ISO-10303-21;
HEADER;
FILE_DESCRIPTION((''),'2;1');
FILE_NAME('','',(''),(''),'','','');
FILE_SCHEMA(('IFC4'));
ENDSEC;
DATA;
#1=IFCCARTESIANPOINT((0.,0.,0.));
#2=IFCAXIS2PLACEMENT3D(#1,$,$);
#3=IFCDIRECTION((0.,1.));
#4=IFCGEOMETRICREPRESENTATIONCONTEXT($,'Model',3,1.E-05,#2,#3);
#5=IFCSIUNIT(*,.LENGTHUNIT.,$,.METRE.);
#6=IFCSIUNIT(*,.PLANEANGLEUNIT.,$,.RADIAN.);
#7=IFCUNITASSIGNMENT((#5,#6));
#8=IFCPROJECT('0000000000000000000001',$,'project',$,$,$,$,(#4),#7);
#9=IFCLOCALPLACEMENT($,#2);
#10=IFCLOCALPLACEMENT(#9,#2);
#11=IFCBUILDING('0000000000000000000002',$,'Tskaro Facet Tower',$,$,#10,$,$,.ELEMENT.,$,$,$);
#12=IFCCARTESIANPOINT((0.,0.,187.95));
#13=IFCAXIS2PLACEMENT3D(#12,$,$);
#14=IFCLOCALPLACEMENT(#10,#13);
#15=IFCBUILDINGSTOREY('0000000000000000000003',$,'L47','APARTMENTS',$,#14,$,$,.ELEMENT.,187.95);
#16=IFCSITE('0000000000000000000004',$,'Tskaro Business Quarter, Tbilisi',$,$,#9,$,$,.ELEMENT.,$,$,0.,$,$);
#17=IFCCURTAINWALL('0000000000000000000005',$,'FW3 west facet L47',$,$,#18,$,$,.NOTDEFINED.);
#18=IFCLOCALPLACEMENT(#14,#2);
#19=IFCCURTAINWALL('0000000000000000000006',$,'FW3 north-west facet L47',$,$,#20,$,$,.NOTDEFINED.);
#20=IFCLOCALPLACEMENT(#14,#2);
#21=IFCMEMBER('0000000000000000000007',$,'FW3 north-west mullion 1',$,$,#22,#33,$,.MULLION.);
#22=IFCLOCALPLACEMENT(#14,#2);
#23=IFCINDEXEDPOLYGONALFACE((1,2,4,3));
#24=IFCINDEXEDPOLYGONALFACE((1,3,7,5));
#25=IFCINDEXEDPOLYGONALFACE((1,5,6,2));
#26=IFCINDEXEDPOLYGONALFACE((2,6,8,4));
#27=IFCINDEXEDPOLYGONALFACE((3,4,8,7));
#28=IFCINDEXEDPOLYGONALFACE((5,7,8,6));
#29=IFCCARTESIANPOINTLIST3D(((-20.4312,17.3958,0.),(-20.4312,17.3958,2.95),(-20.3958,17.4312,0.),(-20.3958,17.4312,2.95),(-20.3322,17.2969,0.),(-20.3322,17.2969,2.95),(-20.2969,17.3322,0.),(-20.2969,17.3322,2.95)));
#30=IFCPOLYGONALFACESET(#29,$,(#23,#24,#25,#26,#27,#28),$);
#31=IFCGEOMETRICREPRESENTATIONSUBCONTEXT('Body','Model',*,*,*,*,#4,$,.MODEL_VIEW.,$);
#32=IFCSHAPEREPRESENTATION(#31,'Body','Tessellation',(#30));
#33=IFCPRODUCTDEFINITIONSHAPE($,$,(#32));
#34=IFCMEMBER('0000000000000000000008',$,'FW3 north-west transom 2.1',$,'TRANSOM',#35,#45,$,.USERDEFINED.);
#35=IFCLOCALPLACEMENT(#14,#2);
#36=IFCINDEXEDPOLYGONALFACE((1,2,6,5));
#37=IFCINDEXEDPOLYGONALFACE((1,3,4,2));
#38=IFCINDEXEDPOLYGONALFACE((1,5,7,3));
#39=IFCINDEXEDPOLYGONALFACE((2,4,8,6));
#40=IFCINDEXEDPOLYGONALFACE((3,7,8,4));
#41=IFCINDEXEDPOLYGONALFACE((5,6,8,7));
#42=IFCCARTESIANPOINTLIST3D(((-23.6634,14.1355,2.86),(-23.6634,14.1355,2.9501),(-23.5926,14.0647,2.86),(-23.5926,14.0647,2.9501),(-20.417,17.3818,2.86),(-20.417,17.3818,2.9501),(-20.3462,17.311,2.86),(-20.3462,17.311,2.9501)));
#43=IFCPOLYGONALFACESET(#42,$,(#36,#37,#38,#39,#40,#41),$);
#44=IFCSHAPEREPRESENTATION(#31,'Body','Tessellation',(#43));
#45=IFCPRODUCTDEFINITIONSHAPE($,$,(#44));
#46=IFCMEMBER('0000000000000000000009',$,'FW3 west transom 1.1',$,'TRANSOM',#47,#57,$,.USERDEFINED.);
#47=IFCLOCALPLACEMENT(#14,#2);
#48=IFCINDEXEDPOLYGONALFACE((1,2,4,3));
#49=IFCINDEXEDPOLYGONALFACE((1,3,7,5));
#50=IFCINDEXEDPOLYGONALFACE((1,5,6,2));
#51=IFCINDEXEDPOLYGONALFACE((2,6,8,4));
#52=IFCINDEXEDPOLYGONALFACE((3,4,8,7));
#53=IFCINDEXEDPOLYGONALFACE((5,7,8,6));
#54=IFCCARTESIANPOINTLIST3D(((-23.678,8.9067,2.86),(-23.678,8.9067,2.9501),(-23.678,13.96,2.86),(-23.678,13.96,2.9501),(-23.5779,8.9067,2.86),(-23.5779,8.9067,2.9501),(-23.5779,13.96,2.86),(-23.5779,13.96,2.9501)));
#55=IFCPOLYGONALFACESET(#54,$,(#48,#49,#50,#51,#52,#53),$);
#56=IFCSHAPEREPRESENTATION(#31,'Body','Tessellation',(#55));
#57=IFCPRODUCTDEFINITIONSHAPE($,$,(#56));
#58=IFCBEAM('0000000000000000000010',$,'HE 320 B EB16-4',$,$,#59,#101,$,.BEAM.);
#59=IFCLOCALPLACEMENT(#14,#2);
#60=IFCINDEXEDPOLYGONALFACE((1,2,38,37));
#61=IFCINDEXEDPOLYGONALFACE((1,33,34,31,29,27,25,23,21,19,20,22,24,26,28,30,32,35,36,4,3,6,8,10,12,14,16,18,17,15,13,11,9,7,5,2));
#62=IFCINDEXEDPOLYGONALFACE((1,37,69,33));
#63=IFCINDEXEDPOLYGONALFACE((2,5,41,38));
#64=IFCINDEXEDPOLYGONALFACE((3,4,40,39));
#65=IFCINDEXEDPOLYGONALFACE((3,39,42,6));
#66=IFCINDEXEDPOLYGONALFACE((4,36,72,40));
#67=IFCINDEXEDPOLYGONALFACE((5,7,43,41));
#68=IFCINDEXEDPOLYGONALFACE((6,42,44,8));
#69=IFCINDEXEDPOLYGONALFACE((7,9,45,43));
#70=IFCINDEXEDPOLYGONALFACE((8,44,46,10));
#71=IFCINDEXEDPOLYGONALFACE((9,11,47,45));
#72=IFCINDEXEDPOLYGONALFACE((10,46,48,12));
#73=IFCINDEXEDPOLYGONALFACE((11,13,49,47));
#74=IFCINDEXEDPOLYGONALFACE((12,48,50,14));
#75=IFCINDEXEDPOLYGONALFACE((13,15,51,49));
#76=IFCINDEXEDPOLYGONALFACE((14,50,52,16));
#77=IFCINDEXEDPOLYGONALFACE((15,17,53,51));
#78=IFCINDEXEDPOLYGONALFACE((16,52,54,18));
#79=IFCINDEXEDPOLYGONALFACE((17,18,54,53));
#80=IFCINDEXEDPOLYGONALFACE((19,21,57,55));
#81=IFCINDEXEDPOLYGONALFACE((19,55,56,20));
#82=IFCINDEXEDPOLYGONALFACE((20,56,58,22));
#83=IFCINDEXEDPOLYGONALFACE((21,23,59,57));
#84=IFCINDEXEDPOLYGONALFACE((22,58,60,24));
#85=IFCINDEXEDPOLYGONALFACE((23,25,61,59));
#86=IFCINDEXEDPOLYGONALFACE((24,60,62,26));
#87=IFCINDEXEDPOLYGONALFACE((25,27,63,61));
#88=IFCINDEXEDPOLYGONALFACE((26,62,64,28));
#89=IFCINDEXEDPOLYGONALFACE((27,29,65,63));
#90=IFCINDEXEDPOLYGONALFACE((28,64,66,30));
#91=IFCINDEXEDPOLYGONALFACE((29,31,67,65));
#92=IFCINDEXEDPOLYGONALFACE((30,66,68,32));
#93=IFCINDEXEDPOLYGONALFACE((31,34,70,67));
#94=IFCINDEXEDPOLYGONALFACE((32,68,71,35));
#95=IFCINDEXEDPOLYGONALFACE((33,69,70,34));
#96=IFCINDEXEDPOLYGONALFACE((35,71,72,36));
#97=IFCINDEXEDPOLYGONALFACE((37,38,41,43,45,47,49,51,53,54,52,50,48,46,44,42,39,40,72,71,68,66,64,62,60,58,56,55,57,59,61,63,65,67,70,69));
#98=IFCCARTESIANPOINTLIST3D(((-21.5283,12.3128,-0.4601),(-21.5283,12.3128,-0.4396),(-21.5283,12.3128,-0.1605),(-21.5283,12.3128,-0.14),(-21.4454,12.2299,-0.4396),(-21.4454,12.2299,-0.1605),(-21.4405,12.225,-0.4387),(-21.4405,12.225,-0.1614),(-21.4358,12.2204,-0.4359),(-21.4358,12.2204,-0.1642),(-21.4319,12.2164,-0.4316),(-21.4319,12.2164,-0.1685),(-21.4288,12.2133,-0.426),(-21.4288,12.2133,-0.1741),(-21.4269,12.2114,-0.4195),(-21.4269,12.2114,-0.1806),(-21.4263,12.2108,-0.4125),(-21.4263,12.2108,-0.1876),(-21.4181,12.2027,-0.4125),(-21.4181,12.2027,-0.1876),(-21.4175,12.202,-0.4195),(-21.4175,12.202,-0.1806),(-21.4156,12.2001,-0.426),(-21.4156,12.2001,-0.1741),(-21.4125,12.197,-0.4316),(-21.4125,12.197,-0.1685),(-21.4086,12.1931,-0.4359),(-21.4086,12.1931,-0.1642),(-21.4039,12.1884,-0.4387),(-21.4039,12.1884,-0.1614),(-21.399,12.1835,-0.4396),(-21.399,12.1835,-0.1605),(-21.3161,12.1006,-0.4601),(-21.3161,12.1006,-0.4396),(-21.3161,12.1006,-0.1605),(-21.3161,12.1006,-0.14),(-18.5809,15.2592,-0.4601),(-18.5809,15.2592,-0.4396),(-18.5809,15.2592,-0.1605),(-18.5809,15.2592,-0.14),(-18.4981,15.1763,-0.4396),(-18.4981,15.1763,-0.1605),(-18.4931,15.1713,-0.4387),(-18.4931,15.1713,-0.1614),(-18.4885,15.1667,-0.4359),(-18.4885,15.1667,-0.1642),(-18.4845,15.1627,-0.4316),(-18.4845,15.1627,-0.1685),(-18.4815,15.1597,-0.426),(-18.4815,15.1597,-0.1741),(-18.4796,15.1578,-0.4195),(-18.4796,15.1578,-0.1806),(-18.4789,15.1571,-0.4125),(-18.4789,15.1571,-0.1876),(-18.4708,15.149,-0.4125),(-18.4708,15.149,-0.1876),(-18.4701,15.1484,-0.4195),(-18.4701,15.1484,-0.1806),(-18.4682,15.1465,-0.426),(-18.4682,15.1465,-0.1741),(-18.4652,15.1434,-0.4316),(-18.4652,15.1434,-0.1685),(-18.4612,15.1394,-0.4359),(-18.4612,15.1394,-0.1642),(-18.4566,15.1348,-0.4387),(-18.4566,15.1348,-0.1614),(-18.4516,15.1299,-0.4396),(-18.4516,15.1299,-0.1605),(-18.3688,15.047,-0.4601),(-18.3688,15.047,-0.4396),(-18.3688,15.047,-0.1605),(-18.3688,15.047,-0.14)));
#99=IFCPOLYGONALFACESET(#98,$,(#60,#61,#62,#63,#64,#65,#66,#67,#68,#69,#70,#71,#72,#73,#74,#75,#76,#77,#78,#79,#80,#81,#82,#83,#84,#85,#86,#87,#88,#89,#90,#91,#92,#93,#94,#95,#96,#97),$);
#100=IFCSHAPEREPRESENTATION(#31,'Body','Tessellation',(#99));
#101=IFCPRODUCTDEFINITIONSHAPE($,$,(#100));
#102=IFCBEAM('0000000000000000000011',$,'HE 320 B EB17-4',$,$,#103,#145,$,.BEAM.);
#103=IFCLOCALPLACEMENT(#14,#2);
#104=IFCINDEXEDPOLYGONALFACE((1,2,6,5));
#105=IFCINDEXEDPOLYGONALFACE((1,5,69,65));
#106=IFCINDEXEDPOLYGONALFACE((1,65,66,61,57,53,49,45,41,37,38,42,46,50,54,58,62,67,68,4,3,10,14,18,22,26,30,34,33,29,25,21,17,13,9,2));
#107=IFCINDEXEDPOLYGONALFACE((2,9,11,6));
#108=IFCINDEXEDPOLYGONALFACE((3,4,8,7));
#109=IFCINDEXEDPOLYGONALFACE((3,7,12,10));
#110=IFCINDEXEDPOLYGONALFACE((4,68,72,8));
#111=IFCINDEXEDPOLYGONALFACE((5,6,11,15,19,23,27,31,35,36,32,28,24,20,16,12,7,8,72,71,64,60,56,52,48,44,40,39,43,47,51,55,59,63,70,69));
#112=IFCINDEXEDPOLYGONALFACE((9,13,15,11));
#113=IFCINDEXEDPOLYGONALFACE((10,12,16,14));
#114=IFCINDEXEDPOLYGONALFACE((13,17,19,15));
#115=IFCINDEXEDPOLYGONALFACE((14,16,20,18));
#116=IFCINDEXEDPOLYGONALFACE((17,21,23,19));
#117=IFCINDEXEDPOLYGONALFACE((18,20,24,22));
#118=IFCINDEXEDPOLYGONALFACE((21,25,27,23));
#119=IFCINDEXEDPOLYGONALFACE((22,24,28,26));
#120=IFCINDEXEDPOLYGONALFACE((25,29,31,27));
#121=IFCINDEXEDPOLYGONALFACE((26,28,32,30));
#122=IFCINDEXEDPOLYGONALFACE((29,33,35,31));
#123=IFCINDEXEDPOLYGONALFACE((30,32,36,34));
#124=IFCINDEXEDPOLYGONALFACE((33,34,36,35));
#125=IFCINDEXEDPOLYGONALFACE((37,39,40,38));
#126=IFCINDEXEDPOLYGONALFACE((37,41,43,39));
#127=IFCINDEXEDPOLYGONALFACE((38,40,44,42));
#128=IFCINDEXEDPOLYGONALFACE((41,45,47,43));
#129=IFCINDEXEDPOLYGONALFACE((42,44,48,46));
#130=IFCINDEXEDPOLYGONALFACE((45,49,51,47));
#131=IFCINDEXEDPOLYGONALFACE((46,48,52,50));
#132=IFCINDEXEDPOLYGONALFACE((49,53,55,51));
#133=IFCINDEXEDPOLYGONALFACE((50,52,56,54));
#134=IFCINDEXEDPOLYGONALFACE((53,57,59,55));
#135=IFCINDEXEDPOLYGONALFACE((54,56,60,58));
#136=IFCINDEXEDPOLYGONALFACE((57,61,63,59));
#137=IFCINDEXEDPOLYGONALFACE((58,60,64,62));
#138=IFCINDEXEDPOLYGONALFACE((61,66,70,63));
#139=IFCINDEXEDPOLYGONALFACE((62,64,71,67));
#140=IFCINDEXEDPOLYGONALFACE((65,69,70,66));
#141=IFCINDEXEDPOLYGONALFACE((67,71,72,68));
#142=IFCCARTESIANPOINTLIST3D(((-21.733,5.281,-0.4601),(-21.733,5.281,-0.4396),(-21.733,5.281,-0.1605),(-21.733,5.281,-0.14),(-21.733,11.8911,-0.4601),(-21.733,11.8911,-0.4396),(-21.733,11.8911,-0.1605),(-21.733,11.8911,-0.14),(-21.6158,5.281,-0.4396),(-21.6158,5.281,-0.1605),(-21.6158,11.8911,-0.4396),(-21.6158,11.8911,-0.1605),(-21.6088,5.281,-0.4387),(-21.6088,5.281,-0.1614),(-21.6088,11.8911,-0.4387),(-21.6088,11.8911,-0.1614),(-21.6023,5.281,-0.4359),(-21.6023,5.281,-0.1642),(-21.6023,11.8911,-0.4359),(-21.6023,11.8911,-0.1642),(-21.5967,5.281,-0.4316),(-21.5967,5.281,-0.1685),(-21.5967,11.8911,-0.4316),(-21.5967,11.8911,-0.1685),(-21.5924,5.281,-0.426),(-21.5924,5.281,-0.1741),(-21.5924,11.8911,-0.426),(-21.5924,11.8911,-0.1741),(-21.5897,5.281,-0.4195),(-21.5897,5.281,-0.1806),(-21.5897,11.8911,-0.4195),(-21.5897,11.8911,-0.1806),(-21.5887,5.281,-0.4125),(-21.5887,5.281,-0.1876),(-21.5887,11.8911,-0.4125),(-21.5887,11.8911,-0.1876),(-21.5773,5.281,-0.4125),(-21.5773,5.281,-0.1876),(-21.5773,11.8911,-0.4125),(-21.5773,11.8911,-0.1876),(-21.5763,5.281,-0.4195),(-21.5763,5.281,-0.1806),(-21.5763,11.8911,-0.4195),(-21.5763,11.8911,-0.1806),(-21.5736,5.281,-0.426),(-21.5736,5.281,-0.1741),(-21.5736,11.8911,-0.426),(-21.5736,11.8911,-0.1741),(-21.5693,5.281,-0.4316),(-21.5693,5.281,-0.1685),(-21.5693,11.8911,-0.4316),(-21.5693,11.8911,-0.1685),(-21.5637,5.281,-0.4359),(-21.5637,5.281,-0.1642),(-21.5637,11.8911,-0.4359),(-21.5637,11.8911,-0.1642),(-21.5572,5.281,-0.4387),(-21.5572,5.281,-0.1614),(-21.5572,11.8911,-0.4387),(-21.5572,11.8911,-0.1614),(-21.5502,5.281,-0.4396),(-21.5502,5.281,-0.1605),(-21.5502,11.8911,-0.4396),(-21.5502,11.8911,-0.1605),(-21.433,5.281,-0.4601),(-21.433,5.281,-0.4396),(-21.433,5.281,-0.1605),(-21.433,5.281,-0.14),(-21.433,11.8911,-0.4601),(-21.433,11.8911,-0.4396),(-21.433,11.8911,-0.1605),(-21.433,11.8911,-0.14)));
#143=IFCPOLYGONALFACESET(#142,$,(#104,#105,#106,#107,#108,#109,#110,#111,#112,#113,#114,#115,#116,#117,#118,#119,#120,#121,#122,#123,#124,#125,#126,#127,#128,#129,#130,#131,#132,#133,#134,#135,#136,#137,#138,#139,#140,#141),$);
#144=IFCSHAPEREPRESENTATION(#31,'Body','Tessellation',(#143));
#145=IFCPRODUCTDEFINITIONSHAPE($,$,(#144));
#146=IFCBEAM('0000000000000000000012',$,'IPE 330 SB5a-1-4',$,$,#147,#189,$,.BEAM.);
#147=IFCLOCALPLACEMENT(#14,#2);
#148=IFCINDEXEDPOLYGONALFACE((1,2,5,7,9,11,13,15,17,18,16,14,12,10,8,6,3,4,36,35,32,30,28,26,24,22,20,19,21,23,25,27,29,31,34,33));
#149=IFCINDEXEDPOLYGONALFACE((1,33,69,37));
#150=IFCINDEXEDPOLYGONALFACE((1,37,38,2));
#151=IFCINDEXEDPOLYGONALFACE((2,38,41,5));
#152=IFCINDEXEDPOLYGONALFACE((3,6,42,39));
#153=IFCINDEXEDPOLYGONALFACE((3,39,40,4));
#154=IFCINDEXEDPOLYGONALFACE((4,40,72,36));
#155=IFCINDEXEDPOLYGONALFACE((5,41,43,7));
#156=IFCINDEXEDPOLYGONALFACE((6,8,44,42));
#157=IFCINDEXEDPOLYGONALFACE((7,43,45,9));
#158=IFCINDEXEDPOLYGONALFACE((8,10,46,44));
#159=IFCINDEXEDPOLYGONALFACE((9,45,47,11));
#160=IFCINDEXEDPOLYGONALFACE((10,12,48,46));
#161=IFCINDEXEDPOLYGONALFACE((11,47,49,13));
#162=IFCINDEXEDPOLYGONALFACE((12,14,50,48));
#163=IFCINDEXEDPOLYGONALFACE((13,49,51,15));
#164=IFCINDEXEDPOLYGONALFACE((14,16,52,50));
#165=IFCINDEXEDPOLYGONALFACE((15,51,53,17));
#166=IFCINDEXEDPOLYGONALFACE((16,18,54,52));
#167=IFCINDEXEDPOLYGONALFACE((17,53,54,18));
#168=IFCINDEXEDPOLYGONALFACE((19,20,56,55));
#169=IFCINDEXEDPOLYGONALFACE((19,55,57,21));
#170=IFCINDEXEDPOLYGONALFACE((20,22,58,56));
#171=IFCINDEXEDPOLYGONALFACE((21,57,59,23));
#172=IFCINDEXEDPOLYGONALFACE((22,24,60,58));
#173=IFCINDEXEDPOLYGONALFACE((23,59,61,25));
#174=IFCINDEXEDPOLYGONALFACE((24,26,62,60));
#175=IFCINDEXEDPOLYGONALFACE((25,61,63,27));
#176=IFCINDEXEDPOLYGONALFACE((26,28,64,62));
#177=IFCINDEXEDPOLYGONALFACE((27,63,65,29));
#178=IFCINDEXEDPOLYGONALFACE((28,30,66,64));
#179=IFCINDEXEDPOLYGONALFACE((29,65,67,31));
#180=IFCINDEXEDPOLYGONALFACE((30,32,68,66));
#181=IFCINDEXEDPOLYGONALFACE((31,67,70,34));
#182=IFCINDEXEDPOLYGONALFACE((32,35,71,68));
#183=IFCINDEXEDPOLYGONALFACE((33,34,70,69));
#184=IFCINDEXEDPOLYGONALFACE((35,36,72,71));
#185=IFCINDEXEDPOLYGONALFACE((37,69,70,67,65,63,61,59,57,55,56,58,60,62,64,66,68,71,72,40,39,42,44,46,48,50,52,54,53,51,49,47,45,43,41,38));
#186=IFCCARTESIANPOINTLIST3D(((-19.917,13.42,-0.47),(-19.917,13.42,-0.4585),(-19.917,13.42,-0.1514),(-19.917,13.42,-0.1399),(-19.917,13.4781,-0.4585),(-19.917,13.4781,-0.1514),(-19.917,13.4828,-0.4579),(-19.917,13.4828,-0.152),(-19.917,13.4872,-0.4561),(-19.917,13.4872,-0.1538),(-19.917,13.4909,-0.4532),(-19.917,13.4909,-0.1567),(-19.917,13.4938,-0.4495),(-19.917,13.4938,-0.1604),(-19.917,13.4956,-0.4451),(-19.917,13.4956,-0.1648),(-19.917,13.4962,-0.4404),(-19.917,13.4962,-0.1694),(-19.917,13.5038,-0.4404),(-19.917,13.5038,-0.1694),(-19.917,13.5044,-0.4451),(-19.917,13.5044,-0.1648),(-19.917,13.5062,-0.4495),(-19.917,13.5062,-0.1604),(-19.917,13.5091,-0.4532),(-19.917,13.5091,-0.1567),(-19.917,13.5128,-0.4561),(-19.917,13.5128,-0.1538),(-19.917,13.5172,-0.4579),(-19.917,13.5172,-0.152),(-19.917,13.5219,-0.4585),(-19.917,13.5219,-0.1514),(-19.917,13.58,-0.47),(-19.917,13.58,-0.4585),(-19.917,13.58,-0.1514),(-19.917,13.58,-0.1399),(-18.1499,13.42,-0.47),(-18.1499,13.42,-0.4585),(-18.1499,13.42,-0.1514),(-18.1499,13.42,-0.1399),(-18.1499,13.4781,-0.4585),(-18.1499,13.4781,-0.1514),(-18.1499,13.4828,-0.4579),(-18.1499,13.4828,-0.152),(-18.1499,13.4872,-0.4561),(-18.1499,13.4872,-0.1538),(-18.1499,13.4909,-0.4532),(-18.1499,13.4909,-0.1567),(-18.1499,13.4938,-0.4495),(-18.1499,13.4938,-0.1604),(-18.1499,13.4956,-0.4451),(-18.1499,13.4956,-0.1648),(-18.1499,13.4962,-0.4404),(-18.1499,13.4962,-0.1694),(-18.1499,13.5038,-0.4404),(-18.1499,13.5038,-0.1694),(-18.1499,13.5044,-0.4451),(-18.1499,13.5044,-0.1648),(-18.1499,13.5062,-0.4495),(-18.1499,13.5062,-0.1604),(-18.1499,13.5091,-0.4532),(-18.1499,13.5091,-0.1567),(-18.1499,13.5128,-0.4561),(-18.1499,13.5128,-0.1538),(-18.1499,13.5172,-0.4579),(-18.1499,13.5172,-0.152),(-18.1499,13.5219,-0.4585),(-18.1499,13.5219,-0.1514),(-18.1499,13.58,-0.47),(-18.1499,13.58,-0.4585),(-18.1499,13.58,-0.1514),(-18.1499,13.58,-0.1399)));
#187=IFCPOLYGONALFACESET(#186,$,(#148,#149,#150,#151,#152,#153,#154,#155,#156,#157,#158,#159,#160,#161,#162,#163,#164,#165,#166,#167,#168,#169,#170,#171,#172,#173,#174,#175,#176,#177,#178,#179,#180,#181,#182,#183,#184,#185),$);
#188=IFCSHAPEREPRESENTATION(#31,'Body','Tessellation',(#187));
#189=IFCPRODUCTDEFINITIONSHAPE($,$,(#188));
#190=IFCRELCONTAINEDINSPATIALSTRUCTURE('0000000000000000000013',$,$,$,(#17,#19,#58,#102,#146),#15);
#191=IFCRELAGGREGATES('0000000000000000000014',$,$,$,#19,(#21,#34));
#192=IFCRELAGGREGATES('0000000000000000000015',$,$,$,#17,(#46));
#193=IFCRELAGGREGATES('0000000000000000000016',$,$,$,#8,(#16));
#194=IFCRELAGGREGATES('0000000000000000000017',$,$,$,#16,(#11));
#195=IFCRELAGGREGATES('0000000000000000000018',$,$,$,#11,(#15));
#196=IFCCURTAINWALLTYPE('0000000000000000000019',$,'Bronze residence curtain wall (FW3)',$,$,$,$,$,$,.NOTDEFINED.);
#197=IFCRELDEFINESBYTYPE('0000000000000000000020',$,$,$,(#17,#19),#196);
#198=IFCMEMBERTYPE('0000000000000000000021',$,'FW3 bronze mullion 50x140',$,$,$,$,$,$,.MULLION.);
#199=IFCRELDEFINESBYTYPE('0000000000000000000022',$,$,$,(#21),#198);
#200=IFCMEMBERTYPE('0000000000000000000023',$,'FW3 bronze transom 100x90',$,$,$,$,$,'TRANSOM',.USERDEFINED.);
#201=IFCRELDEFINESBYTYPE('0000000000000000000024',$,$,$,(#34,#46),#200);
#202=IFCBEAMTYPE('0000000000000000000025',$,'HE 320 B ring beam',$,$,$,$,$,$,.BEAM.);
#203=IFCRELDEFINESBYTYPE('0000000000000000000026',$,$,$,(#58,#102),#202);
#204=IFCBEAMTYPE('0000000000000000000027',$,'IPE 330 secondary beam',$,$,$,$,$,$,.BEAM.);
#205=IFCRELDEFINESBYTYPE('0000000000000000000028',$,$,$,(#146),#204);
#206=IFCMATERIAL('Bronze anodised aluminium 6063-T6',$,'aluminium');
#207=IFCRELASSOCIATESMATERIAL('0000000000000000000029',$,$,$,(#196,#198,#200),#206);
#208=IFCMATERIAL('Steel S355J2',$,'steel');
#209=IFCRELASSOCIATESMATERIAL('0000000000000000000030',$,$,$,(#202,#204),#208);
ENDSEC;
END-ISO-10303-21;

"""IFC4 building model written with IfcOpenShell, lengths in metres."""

from ifc_helpers import new_model, si_unit, direction, frame, origin, origin_2d, place, context, subcontext, project, spatial, rectangle, i_section, extrude, material, material_profile, profile_set, type_object, element, aggregate, save


model = new_model("IFC4")

# Units and contexts
model_context = context("Model", 3, precision=1e-05, world=origin(), true_north=direction((0.0, 1.0)))
body_context = subcontext(model_context, "Body", "Model", "MODEL_VIEW")
ifc_project = project(units=[si_unit("LENGTHUNIT", "METRE"), si_unit("PLANEANGLEUNIT", "RADIAN")], contexts=[model_context])

# Site, building, storey
site_placement = place(None, origin())
site = spatial("IfcSite", under=ifc_project, at=site_placement, Name="Tskaro Business Quarter, Tbilisi", CompositionType="ELEMENT", RefElevation=0.0)
building_placement = place(site_placement, origin())
building = spatial("IfcBuilding", under=site, at=building_placement, Name="Tskaro Facet Tower", CompositionType="ELEMENT")
storey_placement = place(building_placement, frame((0.0, 0.0, 187.95)))
storey = spatial("IfcBuildingStorey", under=building, at=storey_placement, Name="L47", Description="APARTMENTS", CompositionType="ELEMENT", Elevation=187.95)

# Curtain wall
ifc_material_1 = material(Name="Bronze anodised aluminium 6063-T6", Category="aluminium")
curtain_wall_type = type_object("IfcCurtainWallType", Name="Bronze residence curtain wall (FW3)", PredefinedType="NOTDEFINED", material=ifc_material_1)
curtain_wall_1_placement = place(storey_placement, origin())
curtain_wall_1 = element("IfcCurtainWall", 1, at=curtain_wall_1_placement, inside=storey, type_object=curtain_wall_type, Name="FW3 west facet L47", PredefinedType="NOTDEFINED")

# Curtain wall, members
curtain_wall_2_placement = place(storey_placement, origin())
curtain_wall_2 = element("IfcCurtainWall", 2, at=curtain_wall_2_placement, inside=storey, type_object=curtain_wall_type, Name="FW3 north-west facet L47", PredefinedType="NOTDEFINED")
ifc_material_profile_1 = material_profile(ifc_material_1, rectangle(XDim=0.05, YDim=0.1399, at=origin_2d()), Name="Mullion 50x140")
ifc_profile_set_1 = profile_set([ifc_material_profile_1], Name="Bronze anodised aluminium 6063-T6")
member_type_1 = type_object("IfcMemberType", Name="FW3 bronze mullion 50x140", PredefinedType="MULLION", material=ifc_profile_set_1)
member_1_placement = place(storey_placement, frame((-20.364, 17.364, 0.0), z_axis=(0.0, 0.0, 1.0), x_axis=(-0.707107, -0.707107, 0.0)))
member_1 = element("IfcMember", 3, at=member_1_placement, type_object=member_type_1, Name="FW3 north-west mullion 1", PredefinedType="MULLION", context=body_context, shape_type="SweptSolid", body=[
    extrude(rectangle(XDim=0.05, YDim=0.1399, at=origin_2d()), origin(), (0.0, 0.0, 1.0), 2.95),
])
ifc_material_profile_2 = material_profile(ifc_material_1, rectangle(XDim=0.1001, YDim=0.0901, at=origin_2d()), Name="Transom 100x90")
ifc_profile_set_2 = profile_set([ifc_material_profile_2], Name="Bronze anodised aluminium 6063-T6")
member_type_2 = type_object("IfcMemberType", Name="FW3 bronze transom 100x90", ElementType="TRANSOM", PredefinedType="USERDEFINED", material=ifc_profile_set_2)
member_2_placement = place(storey_placement, frame((-20.3816, 17.3464, 2.905), z_axis=(-0.707107, -0.707107, 0.0), x_axis=(0.707107, -0.707107, 0.0)))
member_2 = element("IfcMember", 4, at=member_2_placement, type_object=member_type_2, Name="FW3 north-west transom 2.1", ObjectType="TRANSOM", PredefinedType="USERDEFINED", context=body_context, shape_type="SweptSolid", body=[
    extrude(rectangle(XDim=0.1001, YDim=0.0901, at=origin_2d()), origin(), (0.0, 0.0, 1.0), 4.5911),
])

# Member
member_3_placement = place(storey_placement, frame((-23.6279, 13.96, 2.905), z_axis=(0.0, -1.0, 0.0), x_axis=(1.0, 0.0, 0.0)))
member_3 = element("IfcMember", 5, at=member_3_placement, type_object=member_type_2, Name="FW3 west transom 1.1", ObjectType="TRANSOM", PredefinedType="USERDEFINED", context=body_context, shape_type="SweptSolid", body=[
    extrude(rectangle(XDim=0.1001, YDim=0.0901, at=origin_2d()), origin(), (0.0, 0.0, 1.0), 5.0532),
])

# Beams
ifc_material_2 = material(Name="Steel S355J2", Category="steel")
ifc_material_profile_3 = material_profile(ifc_material_2, i_section(OverallWidth=0.3, OverallDepth=0.3201, WebThickness=0.0115, FlangeThickness=0.0205, FilletRadius=0.0271, at=origin_2d()), Name="HE 320 B")
ifc_profile_set_3 = profile_set([ifc_material_profile_3], Name="Steel S355J2")
beam_type_1 = type_object("IfcBeamType", Name="HE 320 B ring beam", PredefinedType="BEAM", material=ifc_profile_set_3)
beam_1_placement = place(storey_placement, frame((-18.4749, 15.1531, -0.3), z_axis=(-0.707224, -0.70699, 0.0), x_axis=(0.70699, -0.707224, 0.0)))
element("IfcBeam", 6, at=beam_1_placement, inside=storey, type_object=beam_type_1, Name="HE 320 B EB16-4", PredefinedType="BEAM", context=body_context, shape_type="SweptSolid", body=[
    extrude(i_section(OverallWidth=0.3, OverallDepth=0.3201, WebThickness=0.0115, FlangeThickness=0.0205, FilletRadius=0.0271, at=origin_2d()), origin(), (0.0, 0.0, 1.0), 4.1675),
])
beam_2_placement = place(storey_placement, frame((-21.583, 11.8911, -0.3), z_axis=(0.0, -1.0, 0.0), x_axis=(1.0, 0.0, 0.0)))
element("IfcBeam", 7, at=beam_2_placement, inside=storey, type_object=beam_type_1, Name="HE 320 B EB17-4", PredefinedType="BEAM", context=body_context, shape_type="SweptSolid", body=[
    extrude(i_section(OverallWidth=0.3, OverallDepth=0.3201, WebThickness=0.0115, FlangeThickness=0.0205, FilletRadius=0.0271, at=origin_2d()), origin(), (0.0, 0.0, 1.0), 6.6101),
])
ifc_material_profile_4 = material_profile(ifc_material_2, i_section(OverallWidth=0.1599, OverallDepth=0.3301, WebThickness=0.0076, FlangeThickness=0.0115, FilletRadius=0.0181, at=origin_2d()), Name="IPE 330")
ifc_profile_set_4 = profile_set([ifc_material_profile_4], Name="Steel S355J2")
beam_type_2 = type_object("IfcBeamType", Name="IPE 330 secondary beam", PredefinedType="BEAM", material=ifc_profile_set_4)
beam_3_placement = place(storey_placement, frame((-19.917, 13.5, -0.3049), z_axis=(1.0, 0.0, 0.0), x_axis=(0.0, 1.0, 0.0)))
element("IfcBeam", 8, at=beam_3_placement, inside=storey, type_object=beam_type_2, Name="IPE 330 SB5a-1-4", PredefinedType="BEAM", context=body_context, shape_type="SweptSolid", body=[
    extrude(i_section(OverallWidth=0.1599, OverallDepth=0.3301, WebThickness=0.0076, FlangeThickness=0.0115, FilletRadius=0.0181, at=origin_2d()), origin(), (0.0, 0.0, 1.0), 1.7671),
])

aggregate(curtain_wall_2, [member_1, member_2])
aggregate(curtain_wall_1, [member_3])

save(model, "model.ifc")
